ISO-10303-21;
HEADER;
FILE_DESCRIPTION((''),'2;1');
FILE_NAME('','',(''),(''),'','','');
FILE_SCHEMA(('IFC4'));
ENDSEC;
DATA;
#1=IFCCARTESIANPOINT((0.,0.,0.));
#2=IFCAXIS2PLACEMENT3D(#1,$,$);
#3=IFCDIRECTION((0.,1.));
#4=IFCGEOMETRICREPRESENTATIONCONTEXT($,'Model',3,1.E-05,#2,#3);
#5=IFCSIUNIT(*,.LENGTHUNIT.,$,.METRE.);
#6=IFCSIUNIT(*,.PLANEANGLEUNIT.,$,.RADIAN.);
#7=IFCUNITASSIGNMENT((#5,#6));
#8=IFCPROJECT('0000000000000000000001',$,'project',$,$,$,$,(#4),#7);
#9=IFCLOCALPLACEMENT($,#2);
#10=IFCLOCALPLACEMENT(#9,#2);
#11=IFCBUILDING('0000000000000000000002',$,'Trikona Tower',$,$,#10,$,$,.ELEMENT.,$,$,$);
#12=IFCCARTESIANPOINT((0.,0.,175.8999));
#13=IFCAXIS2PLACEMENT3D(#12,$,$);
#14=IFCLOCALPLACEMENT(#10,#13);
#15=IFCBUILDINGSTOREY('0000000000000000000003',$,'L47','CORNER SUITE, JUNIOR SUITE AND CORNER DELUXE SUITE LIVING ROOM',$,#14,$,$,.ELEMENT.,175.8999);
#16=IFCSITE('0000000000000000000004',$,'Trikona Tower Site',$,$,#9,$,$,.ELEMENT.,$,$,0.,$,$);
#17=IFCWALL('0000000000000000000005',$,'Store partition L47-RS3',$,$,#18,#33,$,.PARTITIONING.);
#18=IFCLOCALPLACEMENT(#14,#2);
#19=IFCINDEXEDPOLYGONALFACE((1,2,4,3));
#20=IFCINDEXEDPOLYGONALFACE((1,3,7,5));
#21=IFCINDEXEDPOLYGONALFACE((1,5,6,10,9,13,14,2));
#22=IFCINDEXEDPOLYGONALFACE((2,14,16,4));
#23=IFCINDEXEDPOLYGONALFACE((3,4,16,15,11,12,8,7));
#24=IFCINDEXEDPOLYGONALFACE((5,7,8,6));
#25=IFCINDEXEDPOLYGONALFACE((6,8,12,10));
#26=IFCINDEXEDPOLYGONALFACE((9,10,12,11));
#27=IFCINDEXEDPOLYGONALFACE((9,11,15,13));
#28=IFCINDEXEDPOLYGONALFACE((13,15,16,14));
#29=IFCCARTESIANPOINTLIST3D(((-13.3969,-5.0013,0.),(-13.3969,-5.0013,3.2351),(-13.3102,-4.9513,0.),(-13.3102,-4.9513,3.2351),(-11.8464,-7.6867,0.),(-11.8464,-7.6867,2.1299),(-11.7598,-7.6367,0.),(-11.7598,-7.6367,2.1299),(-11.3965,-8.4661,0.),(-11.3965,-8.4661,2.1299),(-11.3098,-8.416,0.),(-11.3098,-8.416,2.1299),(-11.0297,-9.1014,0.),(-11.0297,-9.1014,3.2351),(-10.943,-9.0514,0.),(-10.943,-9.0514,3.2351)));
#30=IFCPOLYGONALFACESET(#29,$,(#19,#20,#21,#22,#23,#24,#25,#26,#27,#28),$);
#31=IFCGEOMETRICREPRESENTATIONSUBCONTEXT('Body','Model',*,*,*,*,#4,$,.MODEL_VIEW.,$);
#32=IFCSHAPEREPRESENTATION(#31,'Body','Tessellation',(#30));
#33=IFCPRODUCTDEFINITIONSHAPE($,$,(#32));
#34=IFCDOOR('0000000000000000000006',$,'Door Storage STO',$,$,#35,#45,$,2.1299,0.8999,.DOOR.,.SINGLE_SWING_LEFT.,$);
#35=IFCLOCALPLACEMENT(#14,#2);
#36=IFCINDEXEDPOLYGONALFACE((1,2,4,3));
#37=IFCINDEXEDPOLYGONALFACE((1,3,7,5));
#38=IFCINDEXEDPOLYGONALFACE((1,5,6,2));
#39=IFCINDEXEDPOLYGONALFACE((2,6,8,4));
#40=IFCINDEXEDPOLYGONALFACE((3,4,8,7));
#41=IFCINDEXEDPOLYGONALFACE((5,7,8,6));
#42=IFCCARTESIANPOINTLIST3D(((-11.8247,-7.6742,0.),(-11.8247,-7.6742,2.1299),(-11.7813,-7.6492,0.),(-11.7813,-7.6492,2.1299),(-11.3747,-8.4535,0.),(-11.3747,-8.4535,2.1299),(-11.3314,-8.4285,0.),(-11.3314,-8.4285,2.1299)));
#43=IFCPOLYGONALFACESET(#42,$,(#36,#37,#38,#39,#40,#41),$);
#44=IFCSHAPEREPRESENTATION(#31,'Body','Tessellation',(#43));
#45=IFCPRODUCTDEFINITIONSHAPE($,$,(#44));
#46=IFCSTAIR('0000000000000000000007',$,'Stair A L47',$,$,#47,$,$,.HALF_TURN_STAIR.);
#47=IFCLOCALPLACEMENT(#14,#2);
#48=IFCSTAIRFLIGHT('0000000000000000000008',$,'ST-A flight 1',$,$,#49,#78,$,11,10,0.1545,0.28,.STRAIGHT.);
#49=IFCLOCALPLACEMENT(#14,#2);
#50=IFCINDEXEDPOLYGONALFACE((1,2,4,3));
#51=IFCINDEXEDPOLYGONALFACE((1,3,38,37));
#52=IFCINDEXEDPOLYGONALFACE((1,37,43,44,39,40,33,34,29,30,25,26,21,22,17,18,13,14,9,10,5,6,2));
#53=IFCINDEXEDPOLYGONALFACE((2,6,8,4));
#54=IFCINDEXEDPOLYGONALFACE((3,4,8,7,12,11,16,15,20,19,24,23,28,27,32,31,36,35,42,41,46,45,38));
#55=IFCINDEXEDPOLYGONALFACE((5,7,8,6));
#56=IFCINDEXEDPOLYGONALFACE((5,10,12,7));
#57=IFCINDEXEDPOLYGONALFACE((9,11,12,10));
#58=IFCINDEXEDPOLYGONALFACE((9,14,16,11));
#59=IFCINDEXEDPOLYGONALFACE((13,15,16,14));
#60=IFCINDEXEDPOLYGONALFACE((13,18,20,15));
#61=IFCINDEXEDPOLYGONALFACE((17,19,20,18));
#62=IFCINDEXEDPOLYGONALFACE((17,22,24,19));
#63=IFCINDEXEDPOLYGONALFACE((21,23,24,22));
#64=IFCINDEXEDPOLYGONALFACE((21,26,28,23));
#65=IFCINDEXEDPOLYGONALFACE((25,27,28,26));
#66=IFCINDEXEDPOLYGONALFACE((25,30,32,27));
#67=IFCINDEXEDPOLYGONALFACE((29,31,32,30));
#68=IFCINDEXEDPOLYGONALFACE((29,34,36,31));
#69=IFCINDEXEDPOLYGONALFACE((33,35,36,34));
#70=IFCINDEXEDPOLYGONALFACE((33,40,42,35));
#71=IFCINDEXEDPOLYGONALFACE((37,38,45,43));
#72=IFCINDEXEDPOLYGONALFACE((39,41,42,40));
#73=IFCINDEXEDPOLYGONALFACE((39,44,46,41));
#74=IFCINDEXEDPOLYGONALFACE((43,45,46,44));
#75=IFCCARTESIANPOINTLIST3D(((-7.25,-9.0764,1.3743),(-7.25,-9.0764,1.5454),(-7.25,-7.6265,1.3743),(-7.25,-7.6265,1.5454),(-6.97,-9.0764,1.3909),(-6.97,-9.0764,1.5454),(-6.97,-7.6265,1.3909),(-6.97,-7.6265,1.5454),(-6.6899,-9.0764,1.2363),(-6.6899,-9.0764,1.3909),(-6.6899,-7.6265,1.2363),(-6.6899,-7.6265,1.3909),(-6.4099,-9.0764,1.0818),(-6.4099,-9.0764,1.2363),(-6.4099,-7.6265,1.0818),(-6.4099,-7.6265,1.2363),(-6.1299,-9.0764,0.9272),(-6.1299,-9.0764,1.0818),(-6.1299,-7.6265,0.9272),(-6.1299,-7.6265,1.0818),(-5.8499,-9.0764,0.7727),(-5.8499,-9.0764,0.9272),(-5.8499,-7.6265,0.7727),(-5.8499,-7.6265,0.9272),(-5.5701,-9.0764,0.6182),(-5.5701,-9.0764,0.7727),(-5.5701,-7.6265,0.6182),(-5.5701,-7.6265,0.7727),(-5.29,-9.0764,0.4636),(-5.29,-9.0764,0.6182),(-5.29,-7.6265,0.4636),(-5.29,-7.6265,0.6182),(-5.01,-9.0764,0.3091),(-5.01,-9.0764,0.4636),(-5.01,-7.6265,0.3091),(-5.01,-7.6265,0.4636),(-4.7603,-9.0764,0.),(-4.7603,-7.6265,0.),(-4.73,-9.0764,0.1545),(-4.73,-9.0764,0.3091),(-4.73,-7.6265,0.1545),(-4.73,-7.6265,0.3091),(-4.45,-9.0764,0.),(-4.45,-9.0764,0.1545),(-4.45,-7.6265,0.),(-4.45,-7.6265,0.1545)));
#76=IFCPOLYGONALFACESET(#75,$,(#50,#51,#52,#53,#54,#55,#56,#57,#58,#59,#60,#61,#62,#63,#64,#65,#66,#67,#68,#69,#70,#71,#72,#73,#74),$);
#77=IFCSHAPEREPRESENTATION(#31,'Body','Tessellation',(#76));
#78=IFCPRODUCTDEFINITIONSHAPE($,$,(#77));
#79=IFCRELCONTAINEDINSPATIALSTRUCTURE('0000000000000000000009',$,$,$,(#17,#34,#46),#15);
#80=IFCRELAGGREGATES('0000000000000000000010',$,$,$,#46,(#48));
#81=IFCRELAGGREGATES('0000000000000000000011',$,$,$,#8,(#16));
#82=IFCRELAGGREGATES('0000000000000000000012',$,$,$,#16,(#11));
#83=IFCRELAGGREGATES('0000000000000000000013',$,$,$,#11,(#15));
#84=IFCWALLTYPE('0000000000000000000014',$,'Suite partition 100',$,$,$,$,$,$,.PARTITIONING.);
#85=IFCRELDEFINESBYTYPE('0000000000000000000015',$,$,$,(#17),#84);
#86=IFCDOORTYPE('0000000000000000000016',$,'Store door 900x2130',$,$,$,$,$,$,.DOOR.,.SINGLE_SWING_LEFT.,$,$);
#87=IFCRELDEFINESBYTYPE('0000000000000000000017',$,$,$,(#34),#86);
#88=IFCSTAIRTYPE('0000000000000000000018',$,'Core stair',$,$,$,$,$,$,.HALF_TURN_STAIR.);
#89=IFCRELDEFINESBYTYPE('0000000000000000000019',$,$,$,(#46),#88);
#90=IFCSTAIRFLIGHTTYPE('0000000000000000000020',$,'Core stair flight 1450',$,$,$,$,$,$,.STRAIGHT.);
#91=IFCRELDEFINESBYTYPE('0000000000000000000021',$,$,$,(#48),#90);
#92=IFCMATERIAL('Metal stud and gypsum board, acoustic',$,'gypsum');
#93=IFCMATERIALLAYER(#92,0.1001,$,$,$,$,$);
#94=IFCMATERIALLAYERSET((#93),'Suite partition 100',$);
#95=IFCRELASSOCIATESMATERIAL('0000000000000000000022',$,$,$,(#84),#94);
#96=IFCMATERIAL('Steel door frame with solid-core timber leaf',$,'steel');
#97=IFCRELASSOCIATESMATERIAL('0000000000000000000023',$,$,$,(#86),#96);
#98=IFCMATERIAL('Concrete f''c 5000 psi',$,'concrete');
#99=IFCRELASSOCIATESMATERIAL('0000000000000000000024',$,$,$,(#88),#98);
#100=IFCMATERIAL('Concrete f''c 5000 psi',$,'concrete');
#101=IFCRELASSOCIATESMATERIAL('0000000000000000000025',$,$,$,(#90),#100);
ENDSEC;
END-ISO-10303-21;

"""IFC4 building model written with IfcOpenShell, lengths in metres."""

from ifc_helpers import new_model, si_unit, direction, frame, frame_2d, origin, place, context, subcontext, project, spatial, polyline, rectangle, outline, extrude, material, layer, layer_set, type_object, element, fill, aggregate, save


model = new_model("IFC4")

# Units and contexts
model_context = context("Model", 3, precision=1e-05, world=origin(), true_north=direction((0.0, 1.0)))
body_context = subcontext(model_context, "Body", "Model", "MODEL_VIEW")
ifc_project = project(units=[si_unit("LENGTHUNIT", "METRE"), si_unit("PLANEANGLEUNIT", "RADIAN")], contexts=[model_context])

# Site, building, storey
site_placement = place(None, origin())
site = spatial("IfcSite", under=ifc_project, at=site_placement, Name="Trikona Tower Site", CompositionType="ELEMENT", RefElevation=0.0)
building_placement = place(site_placement, origin())
building = spatial("IfcBuilding", under=site, at=building_placement, Name="Trikona Tower", CompositionType="ELEMENT")
storey_placement = place(building_placement, frame((0.0, 0.0, 175.8999)))
storey = spatial("IfcBuildingStorey", under=building, at=storey_placement, Name="L47", Description="CORNER SUITE, JUNIOR SUITE AND CORNER DELUXE SUITE LIVING ROOM", CompositionType="ELEMENT", Elevation=175.8999)

# Wall, opening, door
ifc_material_1 = material(Name="Metal stud and gypsum board, acoustic", Category="gypsum")
ifc_layer_1 = layer(ifc_material_1, 0.1001)
ifc_layer_set_1 = layer_set([ifc_layer_1], Name="Suite partition 100")
wall_type_1 = type_object("IfcWallType", Name="Suite partition 100", PredefinedType="PARTITIONING", material=ifc_layer_set_1)
wall_1_placement = place(storey_placement, frame((-10.9863, -9.0764, 0.0), z_axis=(0.0, 0.0, 1.0), x_axis=(-0.499999, 0.866026, 0.0)))
wall_1 = element("IfcWall", 1, at=wall_1_placement, inside=storey, type_object=wall_type_1, Name="Store partition L47-RS3", PredefinedType="PARTITIONING", context=body_context, shape_type="SweptSolid", body=[
    extrude(rectangle(XDim=4.7344, YDim=0.1001, at=frame_2d((2.3672, 0.0))), origin(), (0.0, 0.0, 1.0), 3.2351),
])
opening_1_placement = place(wall_1_placement, frame((0.7336, 0.0, 0.0)))
opening_1 = element("IfcOpeningElement", 2, at=opening_1_placement, cuts=wall_1, PredefinedType="OPENING", context=body_context, shape_type="SweptSolid", body=[
    extrude(rectangle(XDim=0.8999, YDim=2.1299, at=frame_2d((0.45, 1.0649))), frame((0.0, 0.0601, 0.0), z_axis=(0.0, -1.0, 0.0), x_axis=(1.0, 0.0, 0.0)), (0.0, 0.0, 1.0), 0.1201),
])
ifc_material_2 = material(Name="Steel door frame with solid-core timber leaf", Category="steel")
door_type_1 = type_object("IfcDoorType", Name="Store door 900x2130", OperationType="SINGLE_SWING_LEFT", PredefinedType="DOOR", material=ifc_material_2)
door_1_placement = place(opening_1_placement, origin())
door_1 = element("IfcDoor", 3, at=door_1_placement, inside=storey, type_object=door_type_1, Name="Door Storage STO", OperationType="SINGLE_SWING_LEFT", OverallHeight=2.1299, OverallWidth=0.8999, PredefinedType="DOOR", context=body_context, shape_type="SweptSolid", body=[
    extrude(rectangle(XDim=0.8999, YDim=2.1299, at=frame_2d((0.45, 1.0649))), frame((0.0, 0.0249, 0.0), z_axis=(0.0, -1.0, 0.0), x_axis=(1.0, 0.0, 0.0)), (0.0, 0.0, 1.0), 0.05),
])
fill(opening_1, door_1)

# Stair, stair flight
ifc_material_3 = material(Name="Concrete f'c 5000 psi", Category="concrete")
stair_type = type_object("IfcStairType", Name="Core stair", PredefinedType="HALF_TURN_STAIR", material=ifc_material_3)
stair_placement = place(storey_placement, origin())
stair = element("IfcStair", 4, at=stair_placement, inside=storey, type_object=stair_type, Name="Stair A L47", PredefinedType="HALF_TURN_STAIR")
ifc_material_4 = material(Name="Concrete f'c 5000 psi", Category="concrete")
stair_flight_type = type_object("IfcStairFlightType", Name="Core stair flight 1450", PredefinedType="STRAIGHT", material=ifc_material_4)
stair_flight_placement = place(storey_placement, frame((-4.45, -8.3513, 0.0), z_axis=(0.0, 0.0, 1.0), x_axis=(-1.0, 0.0, 0.0)))
stair_flight = element("IfcStairFlight", 5, at=stair_flight_placement, type_object=stair_flight_type, Name="ST-A flight 1", NumberOfRisers=11, NumberOfTreads=10, PredefinedType="STRAIGHT", RiserHeight=0.1545, TreadLength=0.28, context=body_context, shape_type="SweptSolid", body=[
    extrude(outline(polyline([(0.0, 0.0), (0.0, 0.1545), (0.28, 0.1545), (0.28, 0.3091), (0.5601, 0.3091), (0.5601, 0.4636), (0.8401, 0.4636), (0.8401, 0.6182), (1.1201, 0.6182), (1.1201, 0.7727), (1.3999, 0.7727), (1.3999, 0.9272), (1.6799, 0.9272), (1.6799, 1.0818), (1.96, 1.0818), (1.96, 1.2363), (2.24, 1.2363), (2.24, 1.3909), (2.52, 1.3909), (2.52, 1.5454), (2.8, 1.5454), (2.8, 1.7), (2.8, 1.3743), (0.3103, 0.0), (0.0, 0.0)])), frame((0.0, 0.7251, 0.0), z_axis=(0.0, -1.0, 0.0), x_axis=(1.0, 0.0, 0.0)), (0.0, 0.0, 1.0), 1.45),
])
aggregate(stair, [stair_flight])

save(model, "model.ifc")
